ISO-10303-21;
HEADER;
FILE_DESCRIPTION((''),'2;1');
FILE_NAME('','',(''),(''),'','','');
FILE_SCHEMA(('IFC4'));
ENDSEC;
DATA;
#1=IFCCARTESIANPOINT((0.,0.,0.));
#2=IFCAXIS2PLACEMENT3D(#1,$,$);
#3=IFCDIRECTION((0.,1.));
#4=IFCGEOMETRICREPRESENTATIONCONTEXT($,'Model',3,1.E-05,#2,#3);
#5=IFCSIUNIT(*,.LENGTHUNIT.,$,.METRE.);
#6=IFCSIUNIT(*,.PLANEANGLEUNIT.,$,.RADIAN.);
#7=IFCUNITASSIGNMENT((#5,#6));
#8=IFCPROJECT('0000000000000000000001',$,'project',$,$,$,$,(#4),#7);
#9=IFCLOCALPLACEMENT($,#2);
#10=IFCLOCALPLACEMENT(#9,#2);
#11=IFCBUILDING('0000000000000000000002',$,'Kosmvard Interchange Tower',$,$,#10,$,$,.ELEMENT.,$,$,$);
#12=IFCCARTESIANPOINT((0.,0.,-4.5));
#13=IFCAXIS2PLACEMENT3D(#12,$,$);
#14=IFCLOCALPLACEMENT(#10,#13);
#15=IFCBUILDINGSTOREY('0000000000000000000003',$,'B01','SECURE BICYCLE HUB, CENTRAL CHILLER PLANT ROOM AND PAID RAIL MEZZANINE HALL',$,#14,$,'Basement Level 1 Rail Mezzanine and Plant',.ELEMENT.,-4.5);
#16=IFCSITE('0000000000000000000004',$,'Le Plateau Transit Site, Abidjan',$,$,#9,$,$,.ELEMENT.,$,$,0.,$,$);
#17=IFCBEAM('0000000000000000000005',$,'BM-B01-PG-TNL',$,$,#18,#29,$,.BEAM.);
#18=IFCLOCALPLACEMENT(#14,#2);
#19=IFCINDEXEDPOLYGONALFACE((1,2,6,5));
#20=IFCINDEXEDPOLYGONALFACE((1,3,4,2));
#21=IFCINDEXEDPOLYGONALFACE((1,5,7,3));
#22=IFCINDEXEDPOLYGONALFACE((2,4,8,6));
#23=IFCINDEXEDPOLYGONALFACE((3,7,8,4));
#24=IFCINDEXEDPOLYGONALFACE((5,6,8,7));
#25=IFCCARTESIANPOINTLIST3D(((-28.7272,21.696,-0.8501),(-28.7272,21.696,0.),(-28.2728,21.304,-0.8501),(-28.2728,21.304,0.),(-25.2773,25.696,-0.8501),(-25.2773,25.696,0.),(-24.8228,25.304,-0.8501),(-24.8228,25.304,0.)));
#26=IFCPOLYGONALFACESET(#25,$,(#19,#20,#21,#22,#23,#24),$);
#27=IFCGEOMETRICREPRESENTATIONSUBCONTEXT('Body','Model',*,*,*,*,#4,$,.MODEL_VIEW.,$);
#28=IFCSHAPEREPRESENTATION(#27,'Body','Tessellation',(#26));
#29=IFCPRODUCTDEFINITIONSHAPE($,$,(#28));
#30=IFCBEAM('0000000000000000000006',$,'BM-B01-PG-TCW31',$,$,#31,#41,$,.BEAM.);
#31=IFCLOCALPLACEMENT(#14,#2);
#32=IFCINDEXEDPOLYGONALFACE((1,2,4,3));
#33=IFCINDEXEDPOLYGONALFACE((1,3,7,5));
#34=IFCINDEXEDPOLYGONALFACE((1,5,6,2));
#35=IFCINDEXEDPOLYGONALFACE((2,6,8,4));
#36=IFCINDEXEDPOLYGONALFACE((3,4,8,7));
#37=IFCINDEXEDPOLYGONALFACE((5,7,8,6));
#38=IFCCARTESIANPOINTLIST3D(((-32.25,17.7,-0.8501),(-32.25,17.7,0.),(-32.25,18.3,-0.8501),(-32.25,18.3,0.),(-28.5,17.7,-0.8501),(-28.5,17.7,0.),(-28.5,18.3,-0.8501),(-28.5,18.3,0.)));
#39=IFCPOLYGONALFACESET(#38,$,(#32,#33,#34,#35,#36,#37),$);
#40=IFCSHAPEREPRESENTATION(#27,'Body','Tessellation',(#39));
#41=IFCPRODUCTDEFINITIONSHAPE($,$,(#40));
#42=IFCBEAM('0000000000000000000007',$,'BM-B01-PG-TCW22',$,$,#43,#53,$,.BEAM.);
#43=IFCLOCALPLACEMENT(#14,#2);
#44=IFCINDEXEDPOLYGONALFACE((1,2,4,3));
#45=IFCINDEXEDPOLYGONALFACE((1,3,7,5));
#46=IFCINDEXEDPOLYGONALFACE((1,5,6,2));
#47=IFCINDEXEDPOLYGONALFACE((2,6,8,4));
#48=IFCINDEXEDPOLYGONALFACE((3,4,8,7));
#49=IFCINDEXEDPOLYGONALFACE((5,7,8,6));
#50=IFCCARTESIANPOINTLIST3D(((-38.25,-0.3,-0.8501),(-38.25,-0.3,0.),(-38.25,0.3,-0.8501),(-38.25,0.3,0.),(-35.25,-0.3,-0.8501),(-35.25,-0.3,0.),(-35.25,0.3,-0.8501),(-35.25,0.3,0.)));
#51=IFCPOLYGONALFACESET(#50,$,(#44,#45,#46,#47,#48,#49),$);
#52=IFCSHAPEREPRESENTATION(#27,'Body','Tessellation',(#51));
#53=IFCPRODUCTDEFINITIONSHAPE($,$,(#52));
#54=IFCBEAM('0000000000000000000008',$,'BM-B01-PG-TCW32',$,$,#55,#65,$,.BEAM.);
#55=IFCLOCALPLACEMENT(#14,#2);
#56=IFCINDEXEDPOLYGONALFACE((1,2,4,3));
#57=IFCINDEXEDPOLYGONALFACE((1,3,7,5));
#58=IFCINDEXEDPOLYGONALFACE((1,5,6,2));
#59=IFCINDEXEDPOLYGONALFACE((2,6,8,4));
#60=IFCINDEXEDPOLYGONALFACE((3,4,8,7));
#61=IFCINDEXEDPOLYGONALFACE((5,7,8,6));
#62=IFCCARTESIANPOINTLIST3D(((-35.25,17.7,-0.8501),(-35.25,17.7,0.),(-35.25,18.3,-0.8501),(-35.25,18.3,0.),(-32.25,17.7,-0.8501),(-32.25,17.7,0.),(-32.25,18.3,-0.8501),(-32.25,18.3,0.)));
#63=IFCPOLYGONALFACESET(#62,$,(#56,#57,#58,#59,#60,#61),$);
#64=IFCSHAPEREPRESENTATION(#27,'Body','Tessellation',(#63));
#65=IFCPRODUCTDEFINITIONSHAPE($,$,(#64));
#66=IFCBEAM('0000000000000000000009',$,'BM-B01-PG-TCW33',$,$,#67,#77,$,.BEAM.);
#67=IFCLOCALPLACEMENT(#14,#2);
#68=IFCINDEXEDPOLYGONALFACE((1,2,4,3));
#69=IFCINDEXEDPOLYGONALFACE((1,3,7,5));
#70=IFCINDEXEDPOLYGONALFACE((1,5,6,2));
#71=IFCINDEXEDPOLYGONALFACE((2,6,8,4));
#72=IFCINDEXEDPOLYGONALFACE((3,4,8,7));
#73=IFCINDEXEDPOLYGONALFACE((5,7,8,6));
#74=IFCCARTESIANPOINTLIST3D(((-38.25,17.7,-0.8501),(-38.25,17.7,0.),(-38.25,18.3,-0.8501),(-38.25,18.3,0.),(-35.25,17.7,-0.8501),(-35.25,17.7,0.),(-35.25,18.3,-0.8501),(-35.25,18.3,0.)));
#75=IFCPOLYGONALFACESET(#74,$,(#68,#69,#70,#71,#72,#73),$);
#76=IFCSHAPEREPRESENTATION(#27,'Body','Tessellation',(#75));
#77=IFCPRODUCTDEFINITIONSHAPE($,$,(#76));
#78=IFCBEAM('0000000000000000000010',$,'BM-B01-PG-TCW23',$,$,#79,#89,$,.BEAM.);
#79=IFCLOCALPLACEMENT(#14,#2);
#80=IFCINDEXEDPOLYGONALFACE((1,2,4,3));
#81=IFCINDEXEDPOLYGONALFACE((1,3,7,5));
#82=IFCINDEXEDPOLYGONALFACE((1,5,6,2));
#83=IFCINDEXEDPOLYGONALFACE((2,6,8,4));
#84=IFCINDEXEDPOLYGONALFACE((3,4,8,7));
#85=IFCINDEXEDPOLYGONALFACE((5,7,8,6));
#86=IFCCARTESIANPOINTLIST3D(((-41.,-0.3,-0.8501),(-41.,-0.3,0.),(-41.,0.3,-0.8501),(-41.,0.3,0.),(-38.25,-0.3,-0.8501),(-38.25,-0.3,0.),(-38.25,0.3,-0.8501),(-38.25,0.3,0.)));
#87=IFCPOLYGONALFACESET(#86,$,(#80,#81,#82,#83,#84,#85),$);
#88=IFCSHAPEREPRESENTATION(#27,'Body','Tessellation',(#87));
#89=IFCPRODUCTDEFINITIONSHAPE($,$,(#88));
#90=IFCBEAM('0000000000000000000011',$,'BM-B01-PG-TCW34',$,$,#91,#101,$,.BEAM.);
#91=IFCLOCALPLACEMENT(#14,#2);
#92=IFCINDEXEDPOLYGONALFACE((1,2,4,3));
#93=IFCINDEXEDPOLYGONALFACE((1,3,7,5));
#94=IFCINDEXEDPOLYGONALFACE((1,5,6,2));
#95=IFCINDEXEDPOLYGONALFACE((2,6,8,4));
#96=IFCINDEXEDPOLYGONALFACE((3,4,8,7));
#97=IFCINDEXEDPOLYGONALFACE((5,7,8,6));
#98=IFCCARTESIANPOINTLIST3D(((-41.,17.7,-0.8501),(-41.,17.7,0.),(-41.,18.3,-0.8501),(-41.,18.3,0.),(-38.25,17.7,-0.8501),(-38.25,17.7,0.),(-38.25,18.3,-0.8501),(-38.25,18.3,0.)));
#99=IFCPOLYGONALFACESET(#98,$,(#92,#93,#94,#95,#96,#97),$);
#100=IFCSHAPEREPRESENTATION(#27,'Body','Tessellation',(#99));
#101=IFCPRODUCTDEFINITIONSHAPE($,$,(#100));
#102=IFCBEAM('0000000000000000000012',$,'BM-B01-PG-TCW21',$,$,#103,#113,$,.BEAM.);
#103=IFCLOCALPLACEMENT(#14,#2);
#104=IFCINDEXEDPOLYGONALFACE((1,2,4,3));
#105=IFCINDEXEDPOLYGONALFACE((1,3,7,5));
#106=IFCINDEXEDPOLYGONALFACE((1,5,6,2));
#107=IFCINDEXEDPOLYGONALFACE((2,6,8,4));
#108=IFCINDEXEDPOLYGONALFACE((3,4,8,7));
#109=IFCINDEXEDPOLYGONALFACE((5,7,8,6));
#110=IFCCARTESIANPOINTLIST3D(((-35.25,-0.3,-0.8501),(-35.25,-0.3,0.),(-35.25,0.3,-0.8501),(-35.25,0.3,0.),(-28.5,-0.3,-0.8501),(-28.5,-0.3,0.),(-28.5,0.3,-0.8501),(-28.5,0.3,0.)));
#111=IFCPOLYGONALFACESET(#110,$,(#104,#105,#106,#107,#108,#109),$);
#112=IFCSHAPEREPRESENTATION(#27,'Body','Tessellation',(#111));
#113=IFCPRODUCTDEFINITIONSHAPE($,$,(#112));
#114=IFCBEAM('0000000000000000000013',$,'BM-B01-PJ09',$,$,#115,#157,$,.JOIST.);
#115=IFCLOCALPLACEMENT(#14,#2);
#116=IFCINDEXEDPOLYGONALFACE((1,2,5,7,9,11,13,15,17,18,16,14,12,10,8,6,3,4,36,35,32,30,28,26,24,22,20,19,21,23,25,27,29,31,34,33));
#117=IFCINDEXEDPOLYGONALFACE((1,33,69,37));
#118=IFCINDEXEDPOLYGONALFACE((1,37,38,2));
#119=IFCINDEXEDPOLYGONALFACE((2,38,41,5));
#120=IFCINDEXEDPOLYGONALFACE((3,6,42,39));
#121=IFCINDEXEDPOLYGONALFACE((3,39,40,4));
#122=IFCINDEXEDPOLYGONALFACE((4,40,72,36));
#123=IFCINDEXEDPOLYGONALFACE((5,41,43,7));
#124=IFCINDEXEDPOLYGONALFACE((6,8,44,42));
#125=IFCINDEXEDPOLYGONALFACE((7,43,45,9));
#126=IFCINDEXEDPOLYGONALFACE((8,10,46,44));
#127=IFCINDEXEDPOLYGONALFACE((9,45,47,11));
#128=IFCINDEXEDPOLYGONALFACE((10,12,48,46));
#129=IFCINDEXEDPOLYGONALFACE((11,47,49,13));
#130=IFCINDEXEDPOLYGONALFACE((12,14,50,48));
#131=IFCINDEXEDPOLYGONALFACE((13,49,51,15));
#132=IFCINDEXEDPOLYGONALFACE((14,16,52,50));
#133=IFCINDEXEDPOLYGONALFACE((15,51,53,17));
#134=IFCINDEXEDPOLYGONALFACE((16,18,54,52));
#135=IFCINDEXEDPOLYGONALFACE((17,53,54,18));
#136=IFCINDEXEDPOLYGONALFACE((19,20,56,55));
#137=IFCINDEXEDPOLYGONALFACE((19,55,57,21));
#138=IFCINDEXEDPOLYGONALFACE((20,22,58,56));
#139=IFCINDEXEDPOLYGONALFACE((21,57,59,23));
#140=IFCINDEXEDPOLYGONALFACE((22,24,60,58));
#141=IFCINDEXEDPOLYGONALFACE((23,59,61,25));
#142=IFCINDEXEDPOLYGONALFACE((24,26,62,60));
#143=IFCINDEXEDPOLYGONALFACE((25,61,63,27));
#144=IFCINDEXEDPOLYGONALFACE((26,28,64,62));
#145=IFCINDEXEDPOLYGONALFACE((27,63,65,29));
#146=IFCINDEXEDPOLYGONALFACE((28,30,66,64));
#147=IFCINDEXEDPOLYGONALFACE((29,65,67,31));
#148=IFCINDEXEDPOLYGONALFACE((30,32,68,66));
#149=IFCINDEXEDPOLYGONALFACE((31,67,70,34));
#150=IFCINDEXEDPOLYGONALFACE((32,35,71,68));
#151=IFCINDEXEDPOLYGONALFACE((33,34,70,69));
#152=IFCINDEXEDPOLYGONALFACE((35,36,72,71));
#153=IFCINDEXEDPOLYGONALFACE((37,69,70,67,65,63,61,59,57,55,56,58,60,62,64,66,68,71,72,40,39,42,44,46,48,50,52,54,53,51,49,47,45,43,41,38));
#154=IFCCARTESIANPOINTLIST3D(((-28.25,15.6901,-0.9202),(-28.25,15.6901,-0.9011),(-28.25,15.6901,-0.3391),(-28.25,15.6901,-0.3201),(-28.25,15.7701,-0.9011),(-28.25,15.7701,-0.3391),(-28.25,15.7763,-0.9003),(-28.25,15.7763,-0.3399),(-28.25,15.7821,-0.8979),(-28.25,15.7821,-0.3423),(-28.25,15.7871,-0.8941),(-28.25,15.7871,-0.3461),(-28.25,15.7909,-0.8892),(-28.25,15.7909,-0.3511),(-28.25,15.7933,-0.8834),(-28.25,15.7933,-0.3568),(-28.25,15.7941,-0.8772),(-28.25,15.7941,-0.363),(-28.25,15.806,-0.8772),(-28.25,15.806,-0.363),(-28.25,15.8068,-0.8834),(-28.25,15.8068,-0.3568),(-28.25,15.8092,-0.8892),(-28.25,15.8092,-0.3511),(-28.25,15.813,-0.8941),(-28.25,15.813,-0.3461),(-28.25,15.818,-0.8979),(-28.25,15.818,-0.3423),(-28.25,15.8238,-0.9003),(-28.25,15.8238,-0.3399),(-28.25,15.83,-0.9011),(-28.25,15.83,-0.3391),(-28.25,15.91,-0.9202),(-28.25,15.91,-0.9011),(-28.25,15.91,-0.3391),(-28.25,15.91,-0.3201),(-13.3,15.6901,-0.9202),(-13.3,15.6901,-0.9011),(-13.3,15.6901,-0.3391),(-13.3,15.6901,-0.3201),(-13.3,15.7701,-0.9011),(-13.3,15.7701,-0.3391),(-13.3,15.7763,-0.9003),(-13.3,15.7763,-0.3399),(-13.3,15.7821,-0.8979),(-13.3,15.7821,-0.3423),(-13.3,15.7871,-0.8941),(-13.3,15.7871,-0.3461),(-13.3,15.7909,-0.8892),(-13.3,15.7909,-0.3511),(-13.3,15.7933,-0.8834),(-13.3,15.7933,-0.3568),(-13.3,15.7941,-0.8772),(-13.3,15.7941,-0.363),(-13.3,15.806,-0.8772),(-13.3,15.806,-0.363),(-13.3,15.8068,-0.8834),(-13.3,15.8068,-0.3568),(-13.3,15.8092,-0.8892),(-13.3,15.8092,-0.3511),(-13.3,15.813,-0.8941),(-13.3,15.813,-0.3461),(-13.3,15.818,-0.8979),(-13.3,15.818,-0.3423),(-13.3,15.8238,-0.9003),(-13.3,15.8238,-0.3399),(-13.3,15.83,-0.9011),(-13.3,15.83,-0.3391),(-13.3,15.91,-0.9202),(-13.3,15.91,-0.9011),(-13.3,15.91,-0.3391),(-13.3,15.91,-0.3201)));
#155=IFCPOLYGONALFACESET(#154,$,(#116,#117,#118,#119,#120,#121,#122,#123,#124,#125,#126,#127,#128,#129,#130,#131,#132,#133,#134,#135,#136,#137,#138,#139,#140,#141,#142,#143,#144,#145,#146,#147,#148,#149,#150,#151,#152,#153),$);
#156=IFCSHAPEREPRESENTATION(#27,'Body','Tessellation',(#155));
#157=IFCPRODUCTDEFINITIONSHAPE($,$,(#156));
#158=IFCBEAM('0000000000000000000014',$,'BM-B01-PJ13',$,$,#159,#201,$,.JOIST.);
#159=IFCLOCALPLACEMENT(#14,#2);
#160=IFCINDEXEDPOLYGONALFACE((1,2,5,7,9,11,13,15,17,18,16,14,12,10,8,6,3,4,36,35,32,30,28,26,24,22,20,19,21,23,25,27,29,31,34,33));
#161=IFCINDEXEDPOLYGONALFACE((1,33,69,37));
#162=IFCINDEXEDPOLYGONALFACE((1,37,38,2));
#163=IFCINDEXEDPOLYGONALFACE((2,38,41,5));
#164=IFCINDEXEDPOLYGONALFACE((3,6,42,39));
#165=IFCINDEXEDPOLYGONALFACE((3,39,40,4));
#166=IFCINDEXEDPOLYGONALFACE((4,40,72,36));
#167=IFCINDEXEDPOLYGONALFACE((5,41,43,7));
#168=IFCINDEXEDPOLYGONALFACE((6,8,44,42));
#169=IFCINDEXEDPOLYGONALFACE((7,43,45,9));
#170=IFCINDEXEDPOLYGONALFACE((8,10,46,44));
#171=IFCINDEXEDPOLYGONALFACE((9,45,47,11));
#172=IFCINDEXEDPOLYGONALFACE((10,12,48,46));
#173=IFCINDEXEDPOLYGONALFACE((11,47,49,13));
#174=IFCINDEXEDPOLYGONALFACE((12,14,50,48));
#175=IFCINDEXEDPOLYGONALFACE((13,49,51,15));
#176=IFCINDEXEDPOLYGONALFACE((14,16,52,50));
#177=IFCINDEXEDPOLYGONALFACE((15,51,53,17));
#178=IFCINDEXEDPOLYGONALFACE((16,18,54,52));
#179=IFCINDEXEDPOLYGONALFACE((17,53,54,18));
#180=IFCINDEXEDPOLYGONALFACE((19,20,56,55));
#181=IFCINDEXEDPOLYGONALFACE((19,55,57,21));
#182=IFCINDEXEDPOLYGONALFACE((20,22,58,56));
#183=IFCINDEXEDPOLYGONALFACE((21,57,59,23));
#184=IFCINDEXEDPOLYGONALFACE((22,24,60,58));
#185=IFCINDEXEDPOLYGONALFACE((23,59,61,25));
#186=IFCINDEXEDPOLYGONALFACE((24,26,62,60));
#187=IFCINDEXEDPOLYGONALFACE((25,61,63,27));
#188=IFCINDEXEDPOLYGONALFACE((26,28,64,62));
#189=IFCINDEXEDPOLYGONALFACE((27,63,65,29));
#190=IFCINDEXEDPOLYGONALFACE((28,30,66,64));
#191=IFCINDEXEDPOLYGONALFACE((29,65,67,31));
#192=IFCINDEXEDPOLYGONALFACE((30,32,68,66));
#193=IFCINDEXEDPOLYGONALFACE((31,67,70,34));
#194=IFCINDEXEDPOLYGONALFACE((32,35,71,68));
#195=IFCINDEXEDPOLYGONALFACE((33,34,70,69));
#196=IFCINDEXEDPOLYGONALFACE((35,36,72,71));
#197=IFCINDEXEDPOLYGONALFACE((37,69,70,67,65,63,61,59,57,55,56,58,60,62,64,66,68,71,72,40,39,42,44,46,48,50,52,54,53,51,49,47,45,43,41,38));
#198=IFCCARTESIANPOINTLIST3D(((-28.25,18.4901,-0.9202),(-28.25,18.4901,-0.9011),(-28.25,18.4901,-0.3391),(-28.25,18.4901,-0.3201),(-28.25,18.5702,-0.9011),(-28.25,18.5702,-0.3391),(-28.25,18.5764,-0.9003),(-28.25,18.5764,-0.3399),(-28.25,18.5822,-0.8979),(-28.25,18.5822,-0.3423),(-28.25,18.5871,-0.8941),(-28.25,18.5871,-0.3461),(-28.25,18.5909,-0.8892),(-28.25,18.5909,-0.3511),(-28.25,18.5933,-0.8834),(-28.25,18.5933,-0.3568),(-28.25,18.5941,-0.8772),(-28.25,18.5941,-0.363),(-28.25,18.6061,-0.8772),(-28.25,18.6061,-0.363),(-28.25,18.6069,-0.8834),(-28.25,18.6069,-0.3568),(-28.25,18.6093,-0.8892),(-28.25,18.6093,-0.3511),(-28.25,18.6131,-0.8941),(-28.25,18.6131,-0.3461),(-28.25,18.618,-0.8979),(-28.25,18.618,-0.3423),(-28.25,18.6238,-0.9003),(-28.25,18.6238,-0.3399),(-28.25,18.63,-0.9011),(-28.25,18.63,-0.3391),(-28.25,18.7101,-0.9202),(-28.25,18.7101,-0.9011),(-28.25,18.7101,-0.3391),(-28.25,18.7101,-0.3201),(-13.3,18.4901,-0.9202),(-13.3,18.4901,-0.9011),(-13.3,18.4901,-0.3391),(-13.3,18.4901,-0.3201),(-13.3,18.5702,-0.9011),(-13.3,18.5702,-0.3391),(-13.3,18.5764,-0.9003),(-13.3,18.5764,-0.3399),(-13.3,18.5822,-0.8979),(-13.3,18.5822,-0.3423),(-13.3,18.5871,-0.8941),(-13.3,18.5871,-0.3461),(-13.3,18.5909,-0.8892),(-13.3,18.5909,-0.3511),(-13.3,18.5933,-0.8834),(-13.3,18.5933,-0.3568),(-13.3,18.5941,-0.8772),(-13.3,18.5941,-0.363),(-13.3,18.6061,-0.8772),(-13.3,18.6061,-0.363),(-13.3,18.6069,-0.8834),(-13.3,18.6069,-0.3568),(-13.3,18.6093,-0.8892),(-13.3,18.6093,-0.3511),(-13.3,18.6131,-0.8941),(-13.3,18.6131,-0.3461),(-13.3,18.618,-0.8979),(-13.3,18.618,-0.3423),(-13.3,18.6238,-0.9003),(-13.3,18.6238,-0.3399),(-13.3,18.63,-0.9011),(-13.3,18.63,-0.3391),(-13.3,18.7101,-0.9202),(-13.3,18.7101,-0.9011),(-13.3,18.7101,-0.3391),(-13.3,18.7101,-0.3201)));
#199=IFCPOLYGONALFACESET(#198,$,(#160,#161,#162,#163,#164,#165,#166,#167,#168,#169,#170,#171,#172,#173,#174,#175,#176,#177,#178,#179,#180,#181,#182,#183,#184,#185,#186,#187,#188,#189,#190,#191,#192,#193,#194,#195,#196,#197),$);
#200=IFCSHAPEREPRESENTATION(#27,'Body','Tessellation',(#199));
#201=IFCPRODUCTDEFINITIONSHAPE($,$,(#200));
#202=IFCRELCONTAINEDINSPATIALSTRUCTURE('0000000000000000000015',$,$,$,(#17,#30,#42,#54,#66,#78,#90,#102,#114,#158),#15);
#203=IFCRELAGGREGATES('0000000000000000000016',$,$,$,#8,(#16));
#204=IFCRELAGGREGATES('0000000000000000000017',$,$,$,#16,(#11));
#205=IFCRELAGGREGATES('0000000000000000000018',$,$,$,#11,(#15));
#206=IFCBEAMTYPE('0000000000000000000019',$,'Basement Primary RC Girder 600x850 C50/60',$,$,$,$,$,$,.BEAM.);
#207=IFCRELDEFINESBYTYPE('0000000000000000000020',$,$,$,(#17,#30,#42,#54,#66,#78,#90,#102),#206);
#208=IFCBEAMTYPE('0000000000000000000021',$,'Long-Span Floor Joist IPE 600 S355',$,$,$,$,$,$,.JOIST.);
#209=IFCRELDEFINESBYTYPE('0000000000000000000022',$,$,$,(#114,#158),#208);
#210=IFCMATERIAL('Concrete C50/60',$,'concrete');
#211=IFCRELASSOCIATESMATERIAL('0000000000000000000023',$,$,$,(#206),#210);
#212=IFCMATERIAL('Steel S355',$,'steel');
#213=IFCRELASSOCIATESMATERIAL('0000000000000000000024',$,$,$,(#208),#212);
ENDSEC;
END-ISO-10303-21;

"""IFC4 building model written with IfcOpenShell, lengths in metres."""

from ifc_helpers import new_model, si_unit, direction, frame, origin, origin_2d, place, context, subcontext, project, spatial, rectangle, i_section, extrude, source, transform, mapped, material, material_profile, profile_set, type_object, element, save


model = new_model("IFC4")

# Units and contexts
model_context = context("Model", 3, precision=1e-05, world=origin(), true_north=direction((0.0, 1.0)))
body_context = subcontext(model_context, "Body", "Model", "MODEL_VIEW")
ifc_project = project(units=[si_unit("LENGTHUNIT", "METRE"), si_unit("PLANEANGLEUNIT", "RADIAN")], contexts=[model_context])

# Site, building, storey
site_placement = place(None, origin())
site = spatial("IfcSite", under=ifc_project, at=site_placement, Name="Le Plateau Transit Site, Abidjan", CompositionType="ELEMENT", RefElevation=0.0)
building_placement = place(site_placement, origin())
building = spatial("IfcBuilding", under=site, at=building_placement, Name="Kosmvard Interchange Tower", CompositionType="ELEMENT")
storey_placement = place(building_placement, frame((0.0, 0.0, -4.5)))
storey = spatial("IfcBuildingStorey", under=building, at=storey_placement, Name="B01", Description="SECURE BICYCLE HUB, CENTRAL CHILLER PLANT ROOM AND PAID RAIL MEZZANINE HALL", LongName="Basement Level 1 Rail Mezzanine and Plant", CompositionType="ELEMENT", Elevation=-4.5)

# Beams
ifc_material_1 = material(Name="Concrete C50/60", Category="concrete")
ifc_material_profile_1 = material_profile(ifc_material_1, rectangle(XDim=0.6001, YDim=0.8501, at=origin_2d()), Name="RCG 600x850")
ifc_profile_set_1 = profile_set([ifc_material_profile_1], Name="Concrete C50/60")
beam_type_1 = type_object("IfcBeamType", Name="Basement Primary RC Girder 600x850 C50/60", PredefinedType="BEAM", material=ifc_profile_set_1)
shared_shape_1 = source(origin(), body_context, "Body", "SweptSolid", [
    extrude(rectangle(XDim=0.6001, YDim=0.8501, at=origin_2d()), origin(), (0.0, 0.0, 1.0), 5.2822),
])
beam_1_placement = place(storey_placement, frame((-25.05, 25.5, -0.425), z_axis=(-0.653122, -0.757253, 0.0), x_axis=(0.757253, -0.653122, 0.0)))
element("IfcBeam", 1, at=beam_1_placement, inside=storey, type_object=beam_type_1, Name="BM-B01-PG-TNL", PredefinedType="BEAM", context=body_context, shape_type="MappedRepresentation", body=[
    mapped(shared_shape_1, transform((0.0, 0.0, 0.0), scale=1.0)),
])
shared_shape_2 = source(origin(), body_context, "Body", "SweptSolid", [
    extrude(rectangle(XDim=0.6001, YDim=0.8501, at=origin_2d()), origin(), (0.0, 0.0, 1.0), 3.75),
])
beam_2_placement = place(storey_placement, frame((-28.5, 18.0, -0.425), z_axis=(-1.0, 0.0, 0.0), x_axis=(0.0, -1.0, 0.0)))
element("IfcBeam", 2, at=beam_2_placement, inside=storey, type_object=beam_type_1, Name="BM-B01-PG-TCW31", PredefinedType="BEAM", context=body_context, shape_type="MappedRepresentation", body=[
    mapped(shared_shape_2, transform((0.0, 0.0, 0.0), scale=1.0)),
])
shared_shape_3 = source(origin(), body_context, "Body", "SweptSolid", [
    extrude(rectangle(XDim=0.6001, YDim=0.8501, at=origin_2d()), origin(), (0.0, 0.0, 1.0), 3.0),
])
for number, where, z_axis, x_axis, name in (
    (3, (-35.25, 0.0, -0.425), (-1.0, 0.0, 0.0), (0.0, -1.0, 0.0), "BM-B01-PG-TCW22"),
    (4, (-32.25, 18.0, -0.425), (-1.0, 0.0, 0.0), (0.0, -1.0, 0.0), "BM-B01-PG-TCW32"),
    (5, (-35.25, 18.0, -0.425), (-1.0, 0.0, 0.0), (0.0, -1.0, 0.0), "BM-B01-PG-TCW33"),
):
    element("IfcBeam", number, at=place(storey_placement, frame(where, z_axis=z_axis, x_axis=x_axis)), inside=storey, type_object=beam_type_1, Name=name, PredefinedType="BEAM", context=body_context, shape_type="MappedRepresentation", body=[
        mapped(shared_shape_3, transform((0.0, 0.0, 0.0), scale=1.0)),
    ])
shared_shape_4 = source(origin(), body_context, "Body", "SweptSolid", [
    extrude(rectangle(XDim=0.6001, YDim=0.8501, at=origin_2d()), origin(), (0.0, 0.0, 1.0), 2.75),
])
for number, where, z_axis, x_axis, name in (
    (6, (-38.25, 0.0, -0.425), (-1.0, 0.0, 0.0), (0.0, -1.0, 0.0), "BM-B01-PG-TCW23"),
    (7, (-38.25, 18.0, -0.425), (-1.0, 0.0, 0.0), (0.0, -1.0, 0.0), "BM-B01-PG-TCW34"),
):
    element("IfcBeam", number, at=place(storey_placement, frame(where, z_axis=z_axis, x_axis=x_axis)), inside=storey, type_object=beam_type_1, Name=name, PredefinedType="BEAM", context=body_context, shape_type="MappedRepresentation", body=[
        mapped(shared_shape_4, transform((0.0, 0.0, 0.0), scale=1.0)),
    ])
shared_shape_5 = source(origin(), body_context, "Body", "SweptSolid", [
    extrude(rectangle(XDim=0.6001, YDim=0.8501, at=origin_2d()), origin(), (0.0, 0.0, 1.0), 6.75),
])
beam_3_placement = place(storey_placement, frame((-28.5, 0.0, -0.425), z_axis=(-1.0, 0.0, 0.0), x_axis=(0.0, -1.0, 0.0)))
element("IfcBeam", 8, at=beam_3_placement, inside=storey, type_object=beam_type_1, Name="BM-B01-PG-TCW21", PredefinedType="BEAM", context=body_context, shape_type="MappedRepresentation", body=[
    mapped(shared_shape_5, transform((0.0, 0.0, 0.0), scale=1.0)),
])
ifc_material_2 = material(Name="Steel S355", Category="steel")
ifc_material_profile_2 = material_profile(ifc_material_2, i_section(OverallWidth=0.22, OverallDepth=0.6001, WebThickness=0.012, FlangeThickness=0.019, FilletRadius=0.0239, at=origin_2d()), Name="IPE 600")
ifc_profile_set_2 = profile_set([ifc_material_profile_2], Name="Steel S355")
beam_type_2 = type_object("IfcBeamType", Name="Long-Span Floor Joist IPE 600 S355", PredefinedType="JOIST", material=ifc_profile_set_2)
shared_shape_6 = source(origin(), body_context, "Body", "SweptSolid", [
    extrude(i_section(OverallWidth=0.22, OverallDepth=0.6001, WebThickness=0.012, FlangeThickness=0.019, FilletRadius=0.0239, at=origin_2d()), origin(), (0.0, 0.0, 1.0), 14.95),
])
for number, where, z_axis, x_axis, name in (
    (9, (-28.25, 15.8, -0.6201), (1.0, 0.0, 0.0), (0.0, 1.0, 0.0), "BM-B01-PJ09"),
    (10, (-28.25, 18.6001, -0.6201), (1.0, 0.0, 0.0), (0.0, 1.0, 0.0), "BM-B01-PJ13"),
):
    element("IfcBeam", number, at=place(storey_placement, frame(where, z_axis=z_axis, x_axis=x_axis)), inside=storey, type_object=beam_type_2, Name=name, PredefinedType="JOIST", context=body_context, shape_type="MappedRepresentation", body=[
        mapped(shared_shape_6, transform((0.0, 0.0, 0.0), scale=1.0)),
    ])

save(model, "model.ifc")
